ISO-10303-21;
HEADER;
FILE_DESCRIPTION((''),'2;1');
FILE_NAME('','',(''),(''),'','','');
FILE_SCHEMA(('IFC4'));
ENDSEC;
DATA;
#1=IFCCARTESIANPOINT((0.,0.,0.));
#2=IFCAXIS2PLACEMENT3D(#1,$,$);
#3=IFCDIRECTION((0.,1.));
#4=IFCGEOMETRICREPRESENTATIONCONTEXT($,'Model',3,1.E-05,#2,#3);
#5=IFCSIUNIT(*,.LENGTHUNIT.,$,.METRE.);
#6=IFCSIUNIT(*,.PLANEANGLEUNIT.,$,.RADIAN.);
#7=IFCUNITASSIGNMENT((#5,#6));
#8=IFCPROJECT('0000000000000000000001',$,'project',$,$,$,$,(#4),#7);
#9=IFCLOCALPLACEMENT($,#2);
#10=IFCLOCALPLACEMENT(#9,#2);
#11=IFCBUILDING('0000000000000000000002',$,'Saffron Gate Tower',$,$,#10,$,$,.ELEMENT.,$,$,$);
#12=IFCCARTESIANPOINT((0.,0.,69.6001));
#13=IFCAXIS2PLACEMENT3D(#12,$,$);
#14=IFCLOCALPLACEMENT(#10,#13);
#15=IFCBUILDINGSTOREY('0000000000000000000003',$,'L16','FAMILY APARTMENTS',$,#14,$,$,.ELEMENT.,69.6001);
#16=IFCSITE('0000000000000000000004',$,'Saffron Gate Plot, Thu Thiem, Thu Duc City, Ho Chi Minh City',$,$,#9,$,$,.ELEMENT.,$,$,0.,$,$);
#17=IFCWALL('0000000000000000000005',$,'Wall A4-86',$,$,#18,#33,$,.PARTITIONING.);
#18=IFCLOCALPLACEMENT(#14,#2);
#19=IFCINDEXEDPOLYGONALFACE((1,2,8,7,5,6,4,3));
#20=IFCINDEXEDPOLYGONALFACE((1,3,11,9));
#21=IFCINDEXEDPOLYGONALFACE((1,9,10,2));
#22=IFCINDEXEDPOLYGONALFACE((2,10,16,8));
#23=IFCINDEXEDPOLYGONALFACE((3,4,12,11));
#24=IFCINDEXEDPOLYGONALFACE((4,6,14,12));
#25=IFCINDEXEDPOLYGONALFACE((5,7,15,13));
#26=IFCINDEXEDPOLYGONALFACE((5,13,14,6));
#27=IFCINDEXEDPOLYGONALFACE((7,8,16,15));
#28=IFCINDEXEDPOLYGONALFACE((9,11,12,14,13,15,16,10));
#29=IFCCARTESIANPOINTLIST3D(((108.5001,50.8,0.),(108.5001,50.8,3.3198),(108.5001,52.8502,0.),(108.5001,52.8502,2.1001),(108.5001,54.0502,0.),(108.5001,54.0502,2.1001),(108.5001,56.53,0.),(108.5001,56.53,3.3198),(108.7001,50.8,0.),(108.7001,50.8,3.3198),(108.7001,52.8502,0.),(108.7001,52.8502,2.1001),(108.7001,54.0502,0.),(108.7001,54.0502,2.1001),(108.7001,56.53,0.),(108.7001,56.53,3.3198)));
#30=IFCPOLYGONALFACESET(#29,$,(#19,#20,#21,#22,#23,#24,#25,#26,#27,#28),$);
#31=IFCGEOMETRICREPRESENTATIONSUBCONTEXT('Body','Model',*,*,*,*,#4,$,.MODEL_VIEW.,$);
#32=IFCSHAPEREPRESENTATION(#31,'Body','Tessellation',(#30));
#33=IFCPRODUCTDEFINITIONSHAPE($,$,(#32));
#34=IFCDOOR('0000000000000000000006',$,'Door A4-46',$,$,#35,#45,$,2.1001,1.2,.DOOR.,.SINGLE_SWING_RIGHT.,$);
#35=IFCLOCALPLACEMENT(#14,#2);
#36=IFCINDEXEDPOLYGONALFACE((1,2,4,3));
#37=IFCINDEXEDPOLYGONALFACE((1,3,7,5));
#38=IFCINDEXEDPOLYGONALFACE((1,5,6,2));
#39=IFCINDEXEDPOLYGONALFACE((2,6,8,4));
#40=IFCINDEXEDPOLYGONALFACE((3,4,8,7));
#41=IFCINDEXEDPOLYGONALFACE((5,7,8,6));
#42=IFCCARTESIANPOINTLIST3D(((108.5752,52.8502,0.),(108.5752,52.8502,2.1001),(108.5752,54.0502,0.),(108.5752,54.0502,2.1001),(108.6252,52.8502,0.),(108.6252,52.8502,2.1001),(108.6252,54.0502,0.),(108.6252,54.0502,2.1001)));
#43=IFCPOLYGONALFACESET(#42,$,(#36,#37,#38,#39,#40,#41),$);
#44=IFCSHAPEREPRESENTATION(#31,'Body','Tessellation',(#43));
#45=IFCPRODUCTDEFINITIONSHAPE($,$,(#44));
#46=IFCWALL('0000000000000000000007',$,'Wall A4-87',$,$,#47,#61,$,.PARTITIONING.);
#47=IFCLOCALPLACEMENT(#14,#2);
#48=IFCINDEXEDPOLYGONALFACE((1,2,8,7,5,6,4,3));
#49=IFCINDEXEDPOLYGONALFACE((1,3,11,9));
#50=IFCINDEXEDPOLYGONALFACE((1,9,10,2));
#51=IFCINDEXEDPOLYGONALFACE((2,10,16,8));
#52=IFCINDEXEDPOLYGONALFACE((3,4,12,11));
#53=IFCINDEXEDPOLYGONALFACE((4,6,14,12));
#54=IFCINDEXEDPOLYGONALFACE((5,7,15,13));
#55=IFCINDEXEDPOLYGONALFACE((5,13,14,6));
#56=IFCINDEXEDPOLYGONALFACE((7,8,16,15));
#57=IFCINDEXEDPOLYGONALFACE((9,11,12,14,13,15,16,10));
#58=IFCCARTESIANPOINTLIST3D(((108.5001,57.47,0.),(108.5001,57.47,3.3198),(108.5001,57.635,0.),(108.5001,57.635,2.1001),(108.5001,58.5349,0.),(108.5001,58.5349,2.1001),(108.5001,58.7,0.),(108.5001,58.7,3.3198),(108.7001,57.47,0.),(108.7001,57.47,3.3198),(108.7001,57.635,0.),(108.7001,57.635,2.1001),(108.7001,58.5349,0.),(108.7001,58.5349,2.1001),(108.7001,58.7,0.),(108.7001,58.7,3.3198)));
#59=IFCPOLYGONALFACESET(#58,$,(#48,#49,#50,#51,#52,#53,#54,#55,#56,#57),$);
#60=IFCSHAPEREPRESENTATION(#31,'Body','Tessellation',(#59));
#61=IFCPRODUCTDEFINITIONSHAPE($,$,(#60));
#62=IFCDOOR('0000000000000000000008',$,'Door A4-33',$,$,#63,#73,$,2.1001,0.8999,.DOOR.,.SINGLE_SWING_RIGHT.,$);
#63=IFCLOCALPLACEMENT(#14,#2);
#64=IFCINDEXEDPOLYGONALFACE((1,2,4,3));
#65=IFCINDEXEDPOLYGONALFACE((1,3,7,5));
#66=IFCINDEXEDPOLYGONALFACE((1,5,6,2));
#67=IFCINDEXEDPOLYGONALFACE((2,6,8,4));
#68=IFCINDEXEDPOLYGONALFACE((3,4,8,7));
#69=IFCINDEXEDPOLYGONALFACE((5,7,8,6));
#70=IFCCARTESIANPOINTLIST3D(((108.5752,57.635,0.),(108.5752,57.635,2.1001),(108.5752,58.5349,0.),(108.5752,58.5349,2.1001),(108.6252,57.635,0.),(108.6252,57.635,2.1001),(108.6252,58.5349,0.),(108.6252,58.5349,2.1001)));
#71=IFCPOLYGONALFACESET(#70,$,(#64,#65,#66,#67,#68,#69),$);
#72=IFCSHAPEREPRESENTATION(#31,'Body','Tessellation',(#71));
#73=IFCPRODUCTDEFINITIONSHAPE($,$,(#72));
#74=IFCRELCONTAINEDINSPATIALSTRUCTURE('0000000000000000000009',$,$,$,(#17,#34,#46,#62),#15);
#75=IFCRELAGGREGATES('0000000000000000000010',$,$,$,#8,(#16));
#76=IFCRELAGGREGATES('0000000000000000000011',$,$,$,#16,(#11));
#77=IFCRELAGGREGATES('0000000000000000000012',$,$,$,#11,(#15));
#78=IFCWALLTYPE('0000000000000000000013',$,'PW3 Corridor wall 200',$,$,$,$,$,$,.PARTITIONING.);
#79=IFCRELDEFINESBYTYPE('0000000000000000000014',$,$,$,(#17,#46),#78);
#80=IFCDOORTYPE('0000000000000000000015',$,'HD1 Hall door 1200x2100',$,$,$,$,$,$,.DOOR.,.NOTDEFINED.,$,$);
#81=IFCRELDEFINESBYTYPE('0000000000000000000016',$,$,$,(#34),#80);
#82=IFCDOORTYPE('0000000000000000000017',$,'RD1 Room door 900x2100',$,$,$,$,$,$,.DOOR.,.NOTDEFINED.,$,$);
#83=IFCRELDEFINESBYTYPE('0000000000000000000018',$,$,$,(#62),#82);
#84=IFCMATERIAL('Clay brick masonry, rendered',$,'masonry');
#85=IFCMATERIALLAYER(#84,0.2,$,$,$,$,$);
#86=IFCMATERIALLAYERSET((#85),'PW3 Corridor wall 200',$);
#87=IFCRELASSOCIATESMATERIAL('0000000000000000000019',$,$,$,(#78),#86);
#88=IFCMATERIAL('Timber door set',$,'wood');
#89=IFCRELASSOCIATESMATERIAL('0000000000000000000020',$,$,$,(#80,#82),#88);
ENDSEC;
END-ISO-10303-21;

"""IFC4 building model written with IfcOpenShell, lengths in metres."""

from ifc_helpers import new_model, si_unit, direction, frame, frame_2d, origin, place, context, subcontext, project, spatial, rectangle, extrude, material, layer, layer_set, type_object, element, fill, save


model = new_model("IFC4")

# Units and contexts
model_context = context("Model", 3, precision=1e-05, world=origin(), true_north=direction((0.0, 1.0)))
body_context = subcontext(model_context, "Body", "Model", "MODEL_VIEW")
ifc_project = project(units=[si_unit("LENGTHUNIT", "METRE"), si_unit("PLANEANGLEUNIT", "RADIAN")], contexts=[model_context])

# Site, building, storey
site_placement = place(None, origin())
site = spatial("IfcSite", under=ifc_project, at=site_placement, Name="Saffron Gate Plot, Thu Thiem, Thu Duc City, Ho Chi Minh City", CompositionType="ELEMENT", RefElevation=0.0)
building_placement = place(site_placement, origin())
building = spatial("IfcBuilding", under=site, at=building_placement, Name="Saffron Gate Tower", CompositionType="ELEMENT")
storey_placement = place(building_placement, frame((0.0, 0.0, 69.6001)))
storey = spatial("IfcBuildingStorey", under=building, at=storey_placement, Name="L16", Description="FAMILY APARTMENTS", CompositionType="ELEMENT", Elevation=69.6001)

# Shared definitions
ifc_material_1 = material(Name="Timber door set", Category="wood")

# Shared definitions
ifc_material_2 = material(Name="Clay brick masonry, rendered", Category="masonry")

# Walls, openings, doors
ifc_layer_1 = layer(ifc_material_2, 0.2)
ifc_layer_set_1 = layer_set([ifc_layer_1], Name="PW3 Corridor wall 200")
wall_type_1 = type_object("IfcWallType", Name="PW3 Corridor wall 200", PredefinedType="PARTITIONING", material=ifc_layer_set_1)
wall_1_placement = place(storey_placement, frame((108.6001, 50.8, 0.0), z_axis=(0.0, 0.0, 1.0), x_axis=(0.0, 1.0, 0.0)))
wall_1 = element("IfcWall", 1, at=wall_1_placement, inside=storey, type_object=wall_type_1, Name="Wall A4-86", PredefinedType="PARTITIONING", context=body_context, shape_type="SweptSolid", body=[
    extrude(rectangle(XDim=5.73, YDim=0.2, at=frame_2d((2.865, 0.0))), origin(), (0.0, 0.0, 1.0), 3.3198),
])
opening_1_placement = place(wall_1_placement, frame((2.05, 0.0, 0.0)))
opening_1 = element("IfcOpeningElement", 2, at=opening_1_placement, cuts=wall_1, PredefinedType="OPENING", context=body_context, shape_type="SweptSolid", body=[
    extrude(rectangle(XDim=1.2, YDim=2.1001, at=frame_2d((0.6001, 1.05))), frame((0.0, 0.1099, 0.0), z_axis=(0.0, -1.0, 0.0), x_axis=(1.0, 0.0, 0.0)), (0.0, 0.0, 1.0), 0.22),
])
door_type_1 = type_object("IfcDoorType", Name="HD1 Hall door 1200x2100", OperationType="NOTDEFINED", PredefinedType="DOOR", material=ifc_material_1)
door_1_placement = place(opening_1_placement, origin())
door_1 = element("IfcDoor", 3, at=door_1_placement, inside=storey, type_object=door_type_1, Name="Door A4-46", OperationType="SINGLE_SWING_RIGHT", OverallHeight=2.1001, OverallWidth=1.2, PredefinedType="DOOR", context=body_context, shape_type="SweptSolid", body=[
    extrude(rectangle(XDim=1.2, YDim=2.1001, at=frame_2d((0.6001, 1.05))), frame((0.0, 0.0249, 0.0), z_axis=(0.0, -1.0, 0.0), x_axis=(1.0, 0.0, 0.0)), (0.0, 0.0, 1.0), 0.05),
])
fill(opening_1, door_1)
wall_2_placement = place(storey_placement, frame((108.6001, 57.47, 0.0), z_axis=(0.0, 0.0, 1.0), x_axis=(0.0, 1.0, 0.0)))
wall_2 = element("IfcWall", 4, at=wall_2_placement, inside=storey, type_object=wall_type_1, Name="Wall A4-87", PredefinedType="PARTITIONING", context=body_context, shape_type="SweptSolid", body=[
    extrude(rectangle(XDim=1.23, YDim=0.2, at=frame_2d((0.615, 0.0))), origin(), (0.0, 0.0, 1.0), 3.3198),
])
opening_2_placement = place(wall_2_placement, frame((0.165, 0.0, 0.0)))
opening_2 = element("IfcOpeningElement", 5, at=opening_2_placement, cuts=wall_2, PredefinedType="OPENING", context=body_context, shape_type="SweptSolid", body=[
    extrude(rectangle(XDim=0.8999, YDim=2.1001, at=frame_2d((0.45, 1.05))), frame((0.0, 0.1099, 0.0), z_axis=(0.0, -1.0, 0.0), x_axis=(1.0, 0.0, 0.0)), (0.0, 0.0, 1.0), 0.22),
])
door_type_2 = type_object("IfcDoorType", Name="RD1 Room door 900x2100", OperationType="NOTDEFINED", PredefinedType="DOOR", material=ifc_material_1)
door_2_placement = place(opening_2_placement, origin())
door_2 = element("IfcDoor", 6, at=door_2_placement, inside=storey, type_object=door_type_2, Name="Door A4-33", OperationType="SINGLE_SWING_RIGHT", OverallHeight=2.1001, OverallWidth=0.8999, PredefinedType="DOOR", context=body_context, shape_type="SweptSolid", body=[
    extrude(rectangle(XDim=0.8999, YDim=2.1001, at=frame_2d((0.45, 1.05))), frame((0.0, 0.0249, 0.0), z_axis=(0.0, -1.0, 0.0), x_axis=(1.0, 0.0, 0.0)), (0.0, 0.0, 1.0), 0.05),
])
fill(opening_2, door_2)

save(model, "model.ifc")
